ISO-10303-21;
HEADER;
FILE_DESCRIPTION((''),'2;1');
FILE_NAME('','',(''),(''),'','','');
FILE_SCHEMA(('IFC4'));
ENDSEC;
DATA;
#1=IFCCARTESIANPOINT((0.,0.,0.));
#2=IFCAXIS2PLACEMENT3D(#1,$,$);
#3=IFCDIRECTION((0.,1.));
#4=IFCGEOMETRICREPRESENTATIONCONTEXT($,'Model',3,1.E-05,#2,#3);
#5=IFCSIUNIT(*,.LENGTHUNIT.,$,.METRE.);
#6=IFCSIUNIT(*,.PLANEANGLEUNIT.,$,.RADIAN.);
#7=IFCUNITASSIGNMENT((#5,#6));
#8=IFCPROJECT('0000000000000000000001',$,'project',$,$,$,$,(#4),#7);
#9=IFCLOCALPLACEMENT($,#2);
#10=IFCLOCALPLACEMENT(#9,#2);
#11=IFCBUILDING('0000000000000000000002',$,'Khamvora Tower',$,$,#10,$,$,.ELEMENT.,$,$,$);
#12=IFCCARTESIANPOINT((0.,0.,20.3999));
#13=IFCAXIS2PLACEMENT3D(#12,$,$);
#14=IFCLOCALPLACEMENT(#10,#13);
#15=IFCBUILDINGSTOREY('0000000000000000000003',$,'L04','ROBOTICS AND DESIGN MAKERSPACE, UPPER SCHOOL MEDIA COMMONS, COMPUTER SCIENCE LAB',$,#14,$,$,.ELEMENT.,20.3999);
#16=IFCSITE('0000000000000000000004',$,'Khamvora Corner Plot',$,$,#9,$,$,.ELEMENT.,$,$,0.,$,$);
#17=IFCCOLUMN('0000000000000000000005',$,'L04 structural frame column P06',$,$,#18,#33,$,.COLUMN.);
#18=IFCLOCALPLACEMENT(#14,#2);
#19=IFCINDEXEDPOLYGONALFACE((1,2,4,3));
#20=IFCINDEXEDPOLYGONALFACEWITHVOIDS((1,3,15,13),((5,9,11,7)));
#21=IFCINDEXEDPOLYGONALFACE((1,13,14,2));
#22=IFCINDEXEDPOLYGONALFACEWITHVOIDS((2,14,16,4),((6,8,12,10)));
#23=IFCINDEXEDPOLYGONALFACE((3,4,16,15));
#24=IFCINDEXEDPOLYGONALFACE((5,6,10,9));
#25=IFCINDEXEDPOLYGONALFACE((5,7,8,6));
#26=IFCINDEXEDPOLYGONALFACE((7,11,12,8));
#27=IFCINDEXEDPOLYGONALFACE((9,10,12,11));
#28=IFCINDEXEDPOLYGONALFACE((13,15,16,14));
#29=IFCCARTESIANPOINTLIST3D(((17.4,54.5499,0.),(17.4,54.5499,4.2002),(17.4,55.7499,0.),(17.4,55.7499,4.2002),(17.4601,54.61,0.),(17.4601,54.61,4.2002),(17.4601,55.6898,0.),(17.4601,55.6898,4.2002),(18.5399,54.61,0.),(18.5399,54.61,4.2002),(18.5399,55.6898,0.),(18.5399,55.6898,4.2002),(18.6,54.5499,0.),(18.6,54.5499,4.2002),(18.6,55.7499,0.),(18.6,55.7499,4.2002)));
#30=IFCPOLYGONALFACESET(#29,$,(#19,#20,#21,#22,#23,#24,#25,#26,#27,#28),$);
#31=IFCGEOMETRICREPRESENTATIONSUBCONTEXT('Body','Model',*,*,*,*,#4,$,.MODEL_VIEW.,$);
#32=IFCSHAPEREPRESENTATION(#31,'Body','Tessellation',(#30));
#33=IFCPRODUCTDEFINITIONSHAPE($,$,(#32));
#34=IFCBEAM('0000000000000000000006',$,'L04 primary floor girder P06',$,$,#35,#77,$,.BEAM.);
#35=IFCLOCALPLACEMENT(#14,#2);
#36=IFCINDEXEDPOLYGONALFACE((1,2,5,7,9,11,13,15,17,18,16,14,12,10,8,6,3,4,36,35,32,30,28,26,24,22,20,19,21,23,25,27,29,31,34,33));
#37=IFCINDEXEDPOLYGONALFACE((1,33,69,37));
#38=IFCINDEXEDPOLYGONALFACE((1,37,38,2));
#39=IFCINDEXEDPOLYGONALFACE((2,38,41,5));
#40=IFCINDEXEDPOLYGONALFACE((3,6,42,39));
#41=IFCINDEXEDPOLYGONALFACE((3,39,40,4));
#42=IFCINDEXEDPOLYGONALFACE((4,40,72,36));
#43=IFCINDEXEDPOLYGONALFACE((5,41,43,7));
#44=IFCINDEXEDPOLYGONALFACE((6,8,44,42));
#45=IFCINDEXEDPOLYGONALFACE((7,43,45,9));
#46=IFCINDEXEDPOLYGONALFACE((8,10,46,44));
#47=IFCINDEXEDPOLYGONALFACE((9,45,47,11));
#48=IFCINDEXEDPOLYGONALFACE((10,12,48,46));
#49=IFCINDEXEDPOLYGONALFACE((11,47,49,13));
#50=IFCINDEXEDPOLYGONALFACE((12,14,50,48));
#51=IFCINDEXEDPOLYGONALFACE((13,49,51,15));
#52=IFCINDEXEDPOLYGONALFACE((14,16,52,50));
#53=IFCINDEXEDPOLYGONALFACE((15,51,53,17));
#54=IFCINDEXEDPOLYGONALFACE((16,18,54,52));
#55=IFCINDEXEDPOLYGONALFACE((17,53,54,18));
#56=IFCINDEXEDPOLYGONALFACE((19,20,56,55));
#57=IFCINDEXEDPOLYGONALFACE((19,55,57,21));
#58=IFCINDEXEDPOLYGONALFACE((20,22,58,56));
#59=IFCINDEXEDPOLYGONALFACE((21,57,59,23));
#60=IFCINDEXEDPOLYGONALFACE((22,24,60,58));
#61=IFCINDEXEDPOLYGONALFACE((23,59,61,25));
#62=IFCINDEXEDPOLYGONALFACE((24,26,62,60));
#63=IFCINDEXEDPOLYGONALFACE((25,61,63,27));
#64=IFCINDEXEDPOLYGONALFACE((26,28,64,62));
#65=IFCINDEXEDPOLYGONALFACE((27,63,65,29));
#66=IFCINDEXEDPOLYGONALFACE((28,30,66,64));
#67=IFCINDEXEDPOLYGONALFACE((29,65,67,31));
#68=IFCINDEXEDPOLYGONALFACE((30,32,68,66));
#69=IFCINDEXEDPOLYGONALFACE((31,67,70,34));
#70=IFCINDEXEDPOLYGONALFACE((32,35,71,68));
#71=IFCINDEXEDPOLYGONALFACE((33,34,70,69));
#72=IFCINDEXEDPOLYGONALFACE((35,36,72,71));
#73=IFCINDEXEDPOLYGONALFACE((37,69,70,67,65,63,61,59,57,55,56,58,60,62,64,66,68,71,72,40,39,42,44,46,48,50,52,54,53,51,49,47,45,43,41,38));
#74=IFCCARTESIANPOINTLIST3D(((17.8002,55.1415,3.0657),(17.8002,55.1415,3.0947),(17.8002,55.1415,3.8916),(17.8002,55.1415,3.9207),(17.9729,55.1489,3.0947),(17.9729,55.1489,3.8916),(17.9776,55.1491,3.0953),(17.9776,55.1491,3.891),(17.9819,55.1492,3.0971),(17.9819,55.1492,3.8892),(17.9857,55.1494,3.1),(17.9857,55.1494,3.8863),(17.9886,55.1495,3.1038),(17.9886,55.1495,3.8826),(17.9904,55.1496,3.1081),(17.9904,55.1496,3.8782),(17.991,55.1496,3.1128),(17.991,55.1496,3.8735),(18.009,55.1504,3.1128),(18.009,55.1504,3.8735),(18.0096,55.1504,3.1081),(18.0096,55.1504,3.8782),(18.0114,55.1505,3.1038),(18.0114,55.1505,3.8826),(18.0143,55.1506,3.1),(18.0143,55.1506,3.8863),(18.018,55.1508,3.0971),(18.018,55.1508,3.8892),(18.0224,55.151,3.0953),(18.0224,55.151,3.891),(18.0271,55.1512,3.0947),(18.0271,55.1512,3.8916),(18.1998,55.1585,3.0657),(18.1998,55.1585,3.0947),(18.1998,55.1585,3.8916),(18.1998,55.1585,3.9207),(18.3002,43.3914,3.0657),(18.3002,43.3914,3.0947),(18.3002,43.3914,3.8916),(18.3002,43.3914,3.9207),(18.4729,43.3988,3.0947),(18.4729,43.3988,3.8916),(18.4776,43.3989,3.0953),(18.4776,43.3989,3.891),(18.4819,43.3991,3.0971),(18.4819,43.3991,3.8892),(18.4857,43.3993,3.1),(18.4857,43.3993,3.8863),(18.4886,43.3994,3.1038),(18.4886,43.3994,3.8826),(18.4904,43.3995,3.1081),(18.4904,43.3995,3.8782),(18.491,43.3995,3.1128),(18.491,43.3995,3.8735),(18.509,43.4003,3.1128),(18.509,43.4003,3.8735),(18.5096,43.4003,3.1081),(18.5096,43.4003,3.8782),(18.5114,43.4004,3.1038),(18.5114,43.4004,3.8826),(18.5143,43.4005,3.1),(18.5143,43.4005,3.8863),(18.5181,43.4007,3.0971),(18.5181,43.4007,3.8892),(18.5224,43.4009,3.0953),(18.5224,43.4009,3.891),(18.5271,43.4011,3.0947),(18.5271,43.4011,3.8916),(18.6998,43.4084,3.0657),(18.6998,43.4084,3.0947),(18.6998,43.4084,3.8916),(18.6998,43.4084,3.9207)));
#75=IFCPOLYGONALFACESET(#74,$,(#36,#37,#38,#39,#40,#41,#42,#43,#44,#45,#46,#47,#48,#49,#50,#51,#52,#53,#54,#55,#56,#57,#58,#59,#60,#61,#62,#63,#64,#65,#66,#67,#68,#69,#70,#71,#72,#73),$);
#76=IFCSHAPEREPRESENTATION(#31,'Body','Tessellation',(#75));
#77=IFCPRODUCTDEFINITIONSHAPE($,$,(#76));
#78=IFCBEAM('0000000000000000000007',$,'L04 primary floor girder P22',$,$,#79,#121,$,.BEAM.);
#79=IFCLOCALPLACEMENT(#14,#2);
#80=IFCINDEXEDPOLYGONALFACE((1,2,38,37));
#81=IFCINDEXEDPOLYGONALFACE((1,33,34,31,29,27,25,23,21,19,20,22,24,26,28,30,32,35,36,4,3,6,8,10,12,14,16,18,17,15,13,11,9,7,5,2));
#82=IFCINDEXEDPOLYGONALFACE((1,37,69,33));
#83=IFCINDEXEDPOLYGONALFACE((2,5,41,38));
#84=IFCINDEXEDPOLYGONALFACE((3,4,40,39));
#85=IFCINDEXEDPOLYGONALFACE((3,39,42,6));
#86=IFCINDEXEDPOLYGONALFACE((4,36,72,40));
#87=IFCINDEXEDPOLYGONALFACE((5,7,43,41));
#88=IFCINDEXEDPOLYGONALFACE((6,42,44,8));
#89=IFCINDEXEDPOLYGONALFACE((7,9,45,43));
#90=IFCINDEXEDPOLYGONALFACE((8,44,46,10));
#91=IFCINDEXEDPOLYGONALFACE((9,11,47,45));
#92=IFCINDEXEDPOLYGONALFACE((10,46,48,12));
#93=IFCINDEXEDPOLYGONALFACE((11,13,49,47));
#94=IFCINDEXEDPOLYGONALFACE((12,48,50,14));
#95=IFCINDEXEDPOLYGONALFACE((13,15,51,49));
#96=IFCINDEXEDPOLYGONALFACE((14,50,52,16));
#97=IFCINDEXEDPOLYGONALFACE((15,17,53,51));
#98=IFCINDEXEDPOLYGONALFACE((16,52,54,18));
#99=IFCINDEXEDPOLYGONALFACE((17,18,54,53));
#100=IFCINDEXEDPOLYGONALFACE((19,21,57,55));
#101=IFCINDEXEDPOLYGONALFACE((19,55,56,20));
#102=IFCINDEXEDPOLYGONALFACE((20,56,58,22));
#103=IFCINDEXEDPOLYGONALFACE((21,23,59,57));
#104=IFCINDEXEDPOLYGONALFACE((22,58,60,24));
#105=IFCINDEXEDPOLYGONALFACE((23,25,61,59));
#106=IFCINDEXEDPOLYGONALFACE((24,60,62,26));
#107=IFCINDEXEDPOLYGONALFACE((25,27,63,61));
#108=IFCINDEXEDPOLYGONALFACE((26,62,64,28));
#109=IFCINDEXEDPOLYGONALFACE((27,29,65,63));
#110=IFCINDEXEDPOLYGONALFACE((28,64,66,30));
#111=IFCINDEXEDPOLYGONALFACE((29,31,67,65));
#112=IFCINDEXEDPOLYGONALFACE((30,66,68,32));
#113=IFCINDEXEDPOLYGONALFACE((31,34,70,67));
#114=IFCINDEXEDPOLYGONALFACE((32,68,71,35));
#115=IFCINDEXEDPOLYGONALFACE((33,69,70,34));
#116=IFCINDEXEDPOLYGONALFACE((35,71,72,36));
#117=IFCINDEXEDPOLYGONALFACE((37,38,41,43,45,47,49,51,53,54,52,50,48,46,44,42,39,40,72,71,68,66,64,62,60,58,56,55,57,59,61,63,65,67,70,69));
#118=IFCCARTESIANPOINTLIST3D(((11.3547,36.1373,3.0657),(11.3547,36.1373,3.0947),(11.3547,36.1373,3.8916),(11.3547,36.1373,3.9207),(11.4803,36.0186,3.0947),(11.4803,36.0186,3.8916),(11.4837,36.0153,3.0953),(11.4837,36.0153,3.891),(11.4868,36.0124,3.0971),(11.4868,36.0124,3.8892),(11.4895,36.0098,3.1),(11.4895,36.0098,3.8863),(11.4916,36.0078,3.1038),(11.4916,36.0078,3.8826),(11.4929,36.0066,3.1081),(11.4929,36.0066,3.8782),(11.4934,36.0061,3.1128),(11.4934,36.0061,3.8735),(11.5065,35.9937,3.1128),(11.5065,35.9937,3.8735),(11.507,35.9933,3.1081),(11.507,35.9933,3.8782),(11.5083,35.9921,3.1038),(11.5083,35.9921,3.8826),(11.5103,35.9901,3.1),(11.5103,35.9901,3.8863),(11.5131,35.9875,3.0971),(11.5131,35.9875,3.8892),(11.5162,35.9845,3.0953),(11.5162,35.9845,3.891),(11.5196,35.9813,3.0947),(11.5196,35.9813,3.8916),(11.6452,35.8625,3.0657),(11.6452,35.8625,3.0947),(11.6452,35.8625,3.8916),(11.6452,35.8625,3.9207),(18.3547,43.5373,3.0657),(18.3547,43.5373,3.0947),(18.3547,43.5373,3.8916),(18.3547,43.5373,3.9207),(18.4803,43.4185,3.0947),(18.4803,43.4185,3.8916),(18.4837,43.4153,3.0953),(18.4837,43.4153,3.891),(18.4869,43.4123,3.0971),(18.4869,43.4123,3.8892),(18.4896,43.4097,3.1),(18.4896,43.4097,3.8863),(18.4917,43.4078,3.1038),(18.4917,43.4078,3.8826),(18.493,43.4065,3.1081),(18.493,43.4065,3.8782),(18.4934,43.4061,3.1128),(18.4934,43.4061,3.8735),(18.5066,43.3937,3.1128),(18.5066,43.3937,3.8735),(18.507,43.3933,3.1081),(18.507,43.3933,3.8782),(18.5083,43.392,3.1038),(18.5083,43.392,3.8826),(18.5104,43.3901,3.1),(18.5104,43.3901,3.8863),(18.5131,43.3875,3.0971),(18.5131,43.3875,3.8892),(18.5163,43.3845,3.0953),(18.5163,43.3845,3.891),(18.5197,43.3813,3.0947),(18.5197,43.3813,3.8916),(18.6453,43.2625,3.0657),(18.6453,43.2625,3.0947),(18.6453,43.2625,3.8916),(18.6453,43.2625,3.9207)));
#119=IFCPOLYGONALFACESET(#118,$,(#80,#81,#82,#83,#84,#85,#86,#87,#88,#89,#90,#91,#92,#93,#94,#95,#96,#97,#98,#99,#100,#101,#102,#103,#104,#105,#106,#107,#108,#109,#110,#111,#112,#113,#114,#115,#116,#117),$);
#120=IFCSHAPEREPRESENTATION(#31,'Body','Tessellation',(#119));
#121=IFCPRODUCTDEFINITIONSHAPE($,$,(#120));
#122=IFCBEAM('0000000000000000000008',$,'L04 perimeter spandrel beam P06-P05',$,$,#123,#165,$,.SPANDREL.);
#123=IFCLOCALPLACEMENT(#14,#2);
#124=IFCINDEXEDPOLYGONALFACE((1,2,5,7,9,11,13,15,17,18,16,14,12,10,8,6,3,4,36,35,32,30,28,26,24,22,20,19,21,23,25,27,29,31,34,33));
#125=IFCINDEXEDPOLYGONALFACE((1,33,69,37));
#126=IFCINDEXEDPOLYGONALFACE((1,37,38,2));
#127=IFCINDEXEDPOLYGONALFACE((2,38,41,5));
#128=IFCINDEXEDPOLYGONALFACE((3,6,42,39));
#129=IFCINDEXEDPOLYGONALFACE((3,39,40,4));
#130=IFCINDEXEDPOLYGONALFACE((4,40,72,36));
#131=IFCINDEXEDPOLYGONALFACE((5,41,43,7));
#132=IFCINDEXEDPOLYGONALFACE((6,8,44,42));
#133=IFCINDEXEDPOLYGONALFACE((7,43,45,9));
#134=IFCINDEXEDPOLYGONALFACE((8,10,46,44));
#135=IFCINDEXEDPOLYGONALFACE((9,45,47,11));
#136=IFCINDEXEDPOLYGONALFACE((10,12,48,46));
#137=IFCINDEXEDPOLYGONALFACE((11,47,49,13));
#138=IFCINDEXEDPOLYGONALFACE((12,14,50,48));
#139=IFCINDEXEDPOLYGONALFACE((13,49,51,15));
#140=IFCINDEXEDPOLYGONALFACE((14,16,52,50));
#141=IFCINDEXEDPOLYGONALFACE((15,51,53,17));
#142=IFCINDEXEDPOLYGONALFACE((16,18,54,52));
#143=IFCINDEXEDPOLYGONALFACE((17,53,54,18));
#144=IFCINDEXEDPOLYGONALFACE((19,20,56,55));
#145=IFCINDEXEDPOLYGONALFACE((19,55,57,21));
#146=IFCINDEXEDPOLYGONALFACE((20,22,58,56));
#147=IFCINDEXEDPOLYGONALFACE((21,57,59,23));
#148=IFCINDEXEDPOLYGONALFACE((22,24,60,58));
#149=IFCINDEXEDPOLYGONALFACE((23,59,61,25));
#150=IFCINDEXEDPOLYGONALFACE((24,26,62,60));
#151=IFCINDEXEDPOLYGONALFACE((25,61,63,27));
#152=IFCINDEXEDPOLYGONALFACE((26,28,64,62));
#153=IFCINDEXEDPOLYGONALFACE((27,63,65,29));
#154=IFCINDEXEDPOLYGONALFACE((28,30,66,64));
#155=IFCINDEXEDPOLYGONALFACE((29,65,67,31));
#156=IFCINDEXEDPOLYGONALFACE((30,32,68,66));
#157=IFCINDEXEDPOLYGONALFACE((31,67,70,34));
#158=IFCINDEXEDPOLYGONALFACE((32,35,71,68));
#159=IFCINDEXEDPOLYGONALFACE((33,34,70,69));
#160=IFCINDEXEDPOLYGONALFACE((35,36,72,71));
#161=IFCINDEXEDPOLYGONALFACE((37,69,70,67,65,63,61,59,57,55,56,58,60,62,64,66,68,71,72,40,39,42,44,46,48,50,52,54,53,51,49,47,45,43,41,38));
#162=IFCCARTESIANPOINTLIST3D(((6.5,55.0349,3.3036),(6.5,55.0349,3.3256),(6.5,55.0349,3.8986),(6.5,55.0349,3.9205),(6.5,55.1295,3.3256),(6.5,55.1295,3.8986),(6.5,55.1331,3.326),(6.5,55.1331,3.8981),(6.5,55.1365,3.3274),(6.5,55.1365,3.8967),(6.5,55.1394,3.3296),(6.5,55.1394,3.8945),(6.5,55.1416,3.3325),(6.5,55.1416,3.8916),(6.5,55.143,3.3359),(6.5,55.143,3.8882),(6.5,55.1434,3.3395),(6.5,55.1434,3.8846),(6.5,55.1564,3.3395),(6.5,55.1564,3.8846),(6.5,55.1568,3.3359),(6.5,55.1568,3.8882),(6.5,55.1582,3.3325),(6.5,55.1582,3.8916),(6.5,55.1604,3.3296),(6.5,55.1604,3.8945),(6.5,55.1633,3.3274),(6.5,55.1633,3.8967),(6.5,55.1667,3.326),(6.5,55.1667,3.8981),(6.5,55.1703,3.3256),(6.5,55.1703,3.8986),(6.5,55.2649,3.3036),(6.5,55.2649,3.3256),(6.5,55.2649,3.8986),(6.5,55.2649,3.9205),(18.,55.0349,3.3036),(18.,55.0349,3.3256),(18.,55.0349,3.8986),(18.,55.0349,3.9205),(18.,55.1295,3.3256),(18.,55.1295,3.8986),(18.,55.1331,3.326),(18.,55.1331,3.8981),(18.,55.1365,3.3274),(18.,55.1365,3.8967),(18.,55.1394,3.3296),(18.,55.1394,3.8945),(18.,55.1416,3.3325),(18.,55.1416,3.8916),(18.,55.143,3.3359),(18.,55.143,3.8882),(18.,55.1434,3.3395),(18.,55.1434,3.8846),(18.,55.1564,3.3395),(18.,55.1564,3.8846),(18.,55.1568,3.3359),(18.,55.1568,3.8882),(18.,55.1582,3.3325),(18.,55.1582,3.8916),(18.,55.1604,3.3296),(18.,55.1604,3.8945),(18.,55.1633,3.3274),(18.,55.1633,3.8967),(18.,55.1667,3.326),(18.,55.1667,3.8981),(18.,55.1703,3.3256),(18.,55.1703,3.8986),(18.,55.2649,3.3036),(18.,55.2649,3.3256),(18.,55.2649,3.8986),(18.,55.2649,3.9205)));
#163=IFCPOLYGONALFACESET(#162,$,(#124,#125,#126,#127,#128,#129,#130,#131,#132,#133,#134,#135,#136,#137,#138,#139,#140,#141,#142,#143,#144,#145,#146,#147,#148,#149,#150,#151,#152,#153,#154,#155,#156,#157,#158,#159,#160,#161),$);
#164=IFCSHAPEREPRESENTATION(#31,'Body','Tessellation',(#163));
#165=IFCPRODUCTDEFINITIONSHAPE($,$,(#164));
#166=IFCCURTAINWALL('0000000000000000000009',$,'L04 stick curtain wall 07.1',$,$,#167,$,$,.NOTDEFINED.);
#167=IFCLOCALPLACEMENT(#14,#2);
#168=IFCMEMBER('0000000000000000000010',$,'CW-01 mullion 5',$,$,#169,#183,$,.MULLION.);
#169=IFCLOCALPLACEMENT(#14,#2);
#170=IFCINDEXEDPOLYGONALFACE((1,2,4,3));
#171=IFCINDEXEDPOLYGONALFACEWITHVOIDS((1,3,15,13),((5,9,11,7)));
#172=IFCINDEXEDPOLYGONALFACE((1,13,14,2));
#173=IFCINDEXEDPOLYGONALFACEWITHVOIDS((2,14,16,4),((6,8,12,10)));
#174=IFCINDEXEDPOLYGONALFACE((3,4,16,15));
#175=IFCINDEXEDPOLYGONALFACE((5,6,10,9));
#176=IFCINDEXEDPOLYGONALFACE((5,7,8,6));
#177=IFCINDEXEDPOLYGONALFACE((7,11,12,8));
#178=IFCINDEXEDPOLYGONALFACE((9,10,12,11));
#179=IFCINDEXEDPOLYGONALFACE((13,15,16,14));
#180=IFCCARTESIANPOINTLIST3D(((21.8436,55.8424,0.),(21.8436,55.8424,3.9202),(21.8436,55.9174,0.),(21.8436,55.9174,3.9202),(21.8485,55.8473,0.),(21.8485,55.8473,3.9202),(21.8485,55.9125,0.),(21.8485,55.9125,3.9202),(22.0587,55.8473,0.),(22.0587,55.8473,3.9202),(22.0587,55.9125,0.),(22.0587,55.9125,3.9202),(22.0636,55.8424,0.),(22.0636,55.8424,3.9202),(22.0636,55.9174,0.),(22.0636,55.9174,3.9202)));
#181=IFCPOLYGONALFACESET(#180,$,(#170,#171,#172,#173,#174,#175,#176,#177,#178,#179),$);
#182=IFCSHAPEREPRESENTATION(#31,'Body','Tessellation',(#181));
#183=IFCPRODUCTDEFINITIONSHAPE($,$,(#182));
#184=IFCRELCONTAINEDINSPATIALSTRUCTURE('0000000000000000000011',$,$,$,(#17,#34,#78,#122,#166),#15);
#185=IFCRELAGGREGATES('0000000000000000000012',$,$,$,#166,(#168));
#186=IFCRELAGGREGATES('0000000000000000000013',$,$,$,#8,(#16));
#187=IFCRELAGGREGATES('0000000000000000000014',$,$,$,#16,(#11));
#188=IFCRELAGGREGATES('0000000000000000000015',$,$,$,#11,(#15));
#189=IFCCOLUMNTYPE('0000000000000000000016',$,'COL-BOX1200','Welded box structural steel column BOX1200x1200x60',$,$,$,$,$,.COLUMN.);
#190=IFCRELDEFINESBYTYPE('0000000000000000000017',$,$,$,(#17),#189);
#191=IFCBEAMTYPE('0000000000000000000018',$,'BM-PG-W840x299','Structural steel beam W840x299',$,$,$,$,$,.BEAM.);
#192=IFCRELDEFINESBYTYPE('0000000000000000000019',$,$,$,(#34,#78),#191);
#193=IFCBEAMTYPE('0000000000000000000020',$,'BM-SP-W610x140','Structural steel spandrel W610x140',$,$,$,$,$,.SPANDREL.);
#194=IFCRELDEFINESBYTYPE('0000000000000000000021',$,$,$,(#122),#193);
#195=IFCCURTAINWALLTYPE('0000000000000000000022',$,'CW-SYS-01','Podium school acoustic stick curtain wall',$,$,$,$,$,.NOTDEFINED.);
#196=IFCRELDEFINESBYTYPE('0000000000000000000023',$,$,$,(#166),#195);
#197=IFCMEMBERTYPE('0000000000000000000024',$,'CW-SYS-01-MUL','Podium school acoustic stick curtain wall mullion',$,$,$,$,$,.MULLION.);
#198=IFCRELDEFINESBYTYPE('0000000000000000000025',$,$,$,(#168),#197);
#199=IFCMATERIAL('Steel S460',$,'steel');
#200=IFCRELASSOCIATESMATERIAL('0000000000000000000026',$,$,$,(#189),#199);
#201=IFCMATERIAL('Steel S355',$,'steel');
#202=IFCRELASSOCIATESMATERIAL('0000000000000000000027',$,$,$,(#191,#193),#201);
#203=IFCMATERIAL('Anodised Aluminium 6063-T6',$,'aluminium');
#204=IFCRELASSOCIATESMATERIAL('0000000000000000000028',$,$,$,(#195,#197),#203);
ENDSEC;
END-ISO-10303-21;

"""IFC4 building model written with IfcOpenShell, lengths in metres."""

from ifc_helpers import new_model, si_unit, direction, frame, origin, origin_2d, place, context, subcontext, project, spatial, hollow_rectangle, i_section, extrude, material, material_profile, profile_set, type_object, element, aggregate, save


model = new_model("IFC4")

# Units and contexts
model_context = context("Model", 3, precision=1e-05, world=origin(), true_north=direction((0.0, 1.0)))
body_context = subcontext(model_context, "Body", "Model", "MODEL_VIEW")
ifc_project = project(units=[si_unit("LENGTHUNIT", "METRE"), si_unit("PLANEANGLEUNIT", "RADIAN")], contexts=[model_context])

# Site, building, storey
site_placement = place(None, origin())
site = spatial("IfcSite", under=ifc_project, at=site_placement, Name="Khamvora Corner Plot", CompositionType="ELEMENT", RefElevation=0.0)
building_placement = place(site_placement, origin())
building = spatial("IfcBuilding", under=site, at=building_placement, Name="Khamvora Tower", CompositionType="ELEMENT")
storey_placement = place(building_placement, frame((0.0, 0.0, 20.3999)))
storey = spatial("IfcBuildingStorey", under=building, at=storey_placement, Name="L04", Description="ROBOTICS AND DESIGN MAKERSPACE, UPPER SCHOOL MEDIA COMMONS, COMPUTER SCIENCE LAB", CompositionType="ELEMENT", Elevation=20.3999)

# Column
ifc_material_1 = material(Name="Steel S460", Category="steel")
ifc_material_profile_1 = material_profile(ifc_material_1, hollow_rectangle(XDim=1.2, YDim=1.2, WallThickness=0.0601, at=origin_2d()), Name="BOX1200x1200x60")
ifc_profile_set_1 = profile_set([ifc_material_profile_1], Name="Steel S460")
column_type = type_object("IfcColumnType", Name="COL-BOX1200", Description="Welded box structural steel column BOX1200x1200x60", PredefinedType="COLUMN", material=ifc_profile_set_1)
column_placement = place(storey_placement, frame((18.0, 55.1499, 0.0), z_axis=(0.0, 0.0, 1.0), x_axis=(1.0, 0.0, 0.0)))
element("IfcColumn", 1, at=column_placement, inside=storey, type_object=column_type, Name="L04 structural frame column P06", PredefinedType="COLUMN", context=body_context, shape_type="SweptSolid", body=[
    extrude(hollow_rectangle(XDim=1.2, YDim=1.2, WallThickness=0.0601, at=origin_2d()), origin(), (0.0, 0.0, 1.0), 4.2002),
])

# Beams
ifc_material_2 = material(Name="Steel S355", Category="steel")
ifc_material_profile_2 = material_profile(ifc_material_2, i_section(OverallWidth=0.3999, OverallDepth=0.855, WebThickness=0.0181, FlangeThickness=0.0291, FilletRadius=0.0181, at=origin_2d()), Name="W840x299")
ifc_profile_set_2 = profile_set([ifc_material_profile_2], Name="Steel S355")
beam_type_1 = type_object("IfcBeamType", Name="BM-PG-W840x299", Description="Structural steel beam W840x299", PredefinedType="BEAM", material=ifc_profile_set_2)
beam_1_placement = place(storey_placement, frame((18.5, 43.3999, 3.4932), z_axis=(-0.042515, 0.999096, 0.0), x_axis=(-0.999096, -0.042515, 0.0)))
element("IfcBeam", 2, at=beam_1_placement, inside=storey, type_object=beam_type_1, Name="L04 primary floor girder P06", PredefinedType="BEAM", context=body_context, shape_type="SweptSolid", body=[
    extrude(i_section(OverallWidth=0.3999, OverallDepth=0.855, WebThickness=0.0181, FlangeThickness=0.0291, FilletRadius=0.0181, at=origin_2d()), origin(), (0.0, 0.0, 1.0), 11.7607),
])
beam_2_placement = place(storey_placement, frame((18.5, 43.3999, 3.4932), z_axis=(-0.687205, -0.726464, 0.0), x_axis=(0.726464, -0.687205, 0.0)))
element("IfcBeam", 3, at=beam_2_placement, inside=storey, type_object=beam_type_1, Name="L04 primary floor girder P22", PredefinedType="BEAM", context=body_context, shape_type="SweptSolid", body=[
    extrude(i_section(OverallWidth=0.3999, OverallDepth=0.855, WebThickness=0.0181, FlangeThickness=0.0291, FilletRadius=0.0181, at=origin_2d()), origin(), (0.0, 0.0, 1.0), 10.1863),
])
ifc_material_profile_3 = material_profile(ifc_material_2, i_section(OverallWidth=0.23, OverallDepth=0.6169, WebThickness=0.0129, FlangeThickness=0.022, FilletRadius=0.0139, at=origin_2d()), Name="W610x140")
ifc_profile_set_3 = profile_set([ifc_material_profile_3], Name="Steel S355")
beam_type_2 = type_object("IfcBeamType", Name="BM-SP-W610x140", Description="Structural steel spandrel W610x140", PredefinedType="SPANDREL", material=ifc_profile_set_3)
beam_3_placement = place(storey_placement, frame((18.0, 55.1499, 3.6121), z_axis=(-1.0, 0.0, 0.0), x_axis=(0.0, -1.0, 0.0)))
element("IfcBeam", 4, at=beam_3_placement, inside=storey, type_object=beam_type_2, Name="L04 perimeter spandrel beam P06-P05", PredefinedType="SPANDREL", context=body_context, shape_type="SweptSolid", body=[
    extrude(i_section(OverallWidth=0.23, OverallDepth=0.6169, WebThickness=0.0129, FlangeThickness=0.022, FilletRadius=0.0139, at=origin_2d()), origin(), (0.0, 0.0, 1.0), 11.5),
])

# Curtain wall, member
ifc_material_3 = material(Name="Anodised Aluminium 6063-T6", Category="aluminium")
curtain_wall_type = type_object("IfcCurtainWallType", Name="CW-SYS-01", Description="Podium school acoustic stick curtain wall", PredefinedType="NOTDEFINED", material=ifc_material_3)
curtain_wall_placement = place(storey_placement, origin())
curtain_wall = element("IfcCurtainWall", 5, at=curtain_wall_placement, inside=storey, type_object=curtain_wall_type, Name="L04 stick curtain wall 07.1", PredefinedType="NOTDEFINED")
ifc_material_profile_4 = material_profile(ifc_material_3, hollow_rectangle(XDim=0.075, YDim=0.22, WallThickness=0.0049, at=origin_2d()), Name="MUL75x220x5")
ifc_profile_set_4 = profile_set([ifc_material_profile_4], Name="Anodised Aluminium 6063-T6")
member_type_1 = type_object("IfcMemberType", Name="CW-SYS-01-MUL", Description="Podium school acoustic stick curtain wall mullion", PredefinedType="MULLION", material=ifc_profile_set_4)
member_1_placement = place(storey_placement, frame((21.9536, 55.8799, 0.0), z_axis=(0.0, 0.0, 1.0), x_axis=(0.0, 1.0, 0.0)))
member_1 = element("IfcMember", 6, at=member_1_placement, type_object=member_type_1, Name="CW-01 mullion 5", PredefinedType="MULLION", context=body_context, shape_type="SweptSolid", body=[
    extrude(hollow_rectangle(XDim=0.075, YDim=0.22, WallThickness=0.0049, at=origin_2d()), origin(), (0.0, 0.0, 1.0), 3.9202),
])
aggregate(curtain_wall, [member_1])

save(model, "model.ifc")
